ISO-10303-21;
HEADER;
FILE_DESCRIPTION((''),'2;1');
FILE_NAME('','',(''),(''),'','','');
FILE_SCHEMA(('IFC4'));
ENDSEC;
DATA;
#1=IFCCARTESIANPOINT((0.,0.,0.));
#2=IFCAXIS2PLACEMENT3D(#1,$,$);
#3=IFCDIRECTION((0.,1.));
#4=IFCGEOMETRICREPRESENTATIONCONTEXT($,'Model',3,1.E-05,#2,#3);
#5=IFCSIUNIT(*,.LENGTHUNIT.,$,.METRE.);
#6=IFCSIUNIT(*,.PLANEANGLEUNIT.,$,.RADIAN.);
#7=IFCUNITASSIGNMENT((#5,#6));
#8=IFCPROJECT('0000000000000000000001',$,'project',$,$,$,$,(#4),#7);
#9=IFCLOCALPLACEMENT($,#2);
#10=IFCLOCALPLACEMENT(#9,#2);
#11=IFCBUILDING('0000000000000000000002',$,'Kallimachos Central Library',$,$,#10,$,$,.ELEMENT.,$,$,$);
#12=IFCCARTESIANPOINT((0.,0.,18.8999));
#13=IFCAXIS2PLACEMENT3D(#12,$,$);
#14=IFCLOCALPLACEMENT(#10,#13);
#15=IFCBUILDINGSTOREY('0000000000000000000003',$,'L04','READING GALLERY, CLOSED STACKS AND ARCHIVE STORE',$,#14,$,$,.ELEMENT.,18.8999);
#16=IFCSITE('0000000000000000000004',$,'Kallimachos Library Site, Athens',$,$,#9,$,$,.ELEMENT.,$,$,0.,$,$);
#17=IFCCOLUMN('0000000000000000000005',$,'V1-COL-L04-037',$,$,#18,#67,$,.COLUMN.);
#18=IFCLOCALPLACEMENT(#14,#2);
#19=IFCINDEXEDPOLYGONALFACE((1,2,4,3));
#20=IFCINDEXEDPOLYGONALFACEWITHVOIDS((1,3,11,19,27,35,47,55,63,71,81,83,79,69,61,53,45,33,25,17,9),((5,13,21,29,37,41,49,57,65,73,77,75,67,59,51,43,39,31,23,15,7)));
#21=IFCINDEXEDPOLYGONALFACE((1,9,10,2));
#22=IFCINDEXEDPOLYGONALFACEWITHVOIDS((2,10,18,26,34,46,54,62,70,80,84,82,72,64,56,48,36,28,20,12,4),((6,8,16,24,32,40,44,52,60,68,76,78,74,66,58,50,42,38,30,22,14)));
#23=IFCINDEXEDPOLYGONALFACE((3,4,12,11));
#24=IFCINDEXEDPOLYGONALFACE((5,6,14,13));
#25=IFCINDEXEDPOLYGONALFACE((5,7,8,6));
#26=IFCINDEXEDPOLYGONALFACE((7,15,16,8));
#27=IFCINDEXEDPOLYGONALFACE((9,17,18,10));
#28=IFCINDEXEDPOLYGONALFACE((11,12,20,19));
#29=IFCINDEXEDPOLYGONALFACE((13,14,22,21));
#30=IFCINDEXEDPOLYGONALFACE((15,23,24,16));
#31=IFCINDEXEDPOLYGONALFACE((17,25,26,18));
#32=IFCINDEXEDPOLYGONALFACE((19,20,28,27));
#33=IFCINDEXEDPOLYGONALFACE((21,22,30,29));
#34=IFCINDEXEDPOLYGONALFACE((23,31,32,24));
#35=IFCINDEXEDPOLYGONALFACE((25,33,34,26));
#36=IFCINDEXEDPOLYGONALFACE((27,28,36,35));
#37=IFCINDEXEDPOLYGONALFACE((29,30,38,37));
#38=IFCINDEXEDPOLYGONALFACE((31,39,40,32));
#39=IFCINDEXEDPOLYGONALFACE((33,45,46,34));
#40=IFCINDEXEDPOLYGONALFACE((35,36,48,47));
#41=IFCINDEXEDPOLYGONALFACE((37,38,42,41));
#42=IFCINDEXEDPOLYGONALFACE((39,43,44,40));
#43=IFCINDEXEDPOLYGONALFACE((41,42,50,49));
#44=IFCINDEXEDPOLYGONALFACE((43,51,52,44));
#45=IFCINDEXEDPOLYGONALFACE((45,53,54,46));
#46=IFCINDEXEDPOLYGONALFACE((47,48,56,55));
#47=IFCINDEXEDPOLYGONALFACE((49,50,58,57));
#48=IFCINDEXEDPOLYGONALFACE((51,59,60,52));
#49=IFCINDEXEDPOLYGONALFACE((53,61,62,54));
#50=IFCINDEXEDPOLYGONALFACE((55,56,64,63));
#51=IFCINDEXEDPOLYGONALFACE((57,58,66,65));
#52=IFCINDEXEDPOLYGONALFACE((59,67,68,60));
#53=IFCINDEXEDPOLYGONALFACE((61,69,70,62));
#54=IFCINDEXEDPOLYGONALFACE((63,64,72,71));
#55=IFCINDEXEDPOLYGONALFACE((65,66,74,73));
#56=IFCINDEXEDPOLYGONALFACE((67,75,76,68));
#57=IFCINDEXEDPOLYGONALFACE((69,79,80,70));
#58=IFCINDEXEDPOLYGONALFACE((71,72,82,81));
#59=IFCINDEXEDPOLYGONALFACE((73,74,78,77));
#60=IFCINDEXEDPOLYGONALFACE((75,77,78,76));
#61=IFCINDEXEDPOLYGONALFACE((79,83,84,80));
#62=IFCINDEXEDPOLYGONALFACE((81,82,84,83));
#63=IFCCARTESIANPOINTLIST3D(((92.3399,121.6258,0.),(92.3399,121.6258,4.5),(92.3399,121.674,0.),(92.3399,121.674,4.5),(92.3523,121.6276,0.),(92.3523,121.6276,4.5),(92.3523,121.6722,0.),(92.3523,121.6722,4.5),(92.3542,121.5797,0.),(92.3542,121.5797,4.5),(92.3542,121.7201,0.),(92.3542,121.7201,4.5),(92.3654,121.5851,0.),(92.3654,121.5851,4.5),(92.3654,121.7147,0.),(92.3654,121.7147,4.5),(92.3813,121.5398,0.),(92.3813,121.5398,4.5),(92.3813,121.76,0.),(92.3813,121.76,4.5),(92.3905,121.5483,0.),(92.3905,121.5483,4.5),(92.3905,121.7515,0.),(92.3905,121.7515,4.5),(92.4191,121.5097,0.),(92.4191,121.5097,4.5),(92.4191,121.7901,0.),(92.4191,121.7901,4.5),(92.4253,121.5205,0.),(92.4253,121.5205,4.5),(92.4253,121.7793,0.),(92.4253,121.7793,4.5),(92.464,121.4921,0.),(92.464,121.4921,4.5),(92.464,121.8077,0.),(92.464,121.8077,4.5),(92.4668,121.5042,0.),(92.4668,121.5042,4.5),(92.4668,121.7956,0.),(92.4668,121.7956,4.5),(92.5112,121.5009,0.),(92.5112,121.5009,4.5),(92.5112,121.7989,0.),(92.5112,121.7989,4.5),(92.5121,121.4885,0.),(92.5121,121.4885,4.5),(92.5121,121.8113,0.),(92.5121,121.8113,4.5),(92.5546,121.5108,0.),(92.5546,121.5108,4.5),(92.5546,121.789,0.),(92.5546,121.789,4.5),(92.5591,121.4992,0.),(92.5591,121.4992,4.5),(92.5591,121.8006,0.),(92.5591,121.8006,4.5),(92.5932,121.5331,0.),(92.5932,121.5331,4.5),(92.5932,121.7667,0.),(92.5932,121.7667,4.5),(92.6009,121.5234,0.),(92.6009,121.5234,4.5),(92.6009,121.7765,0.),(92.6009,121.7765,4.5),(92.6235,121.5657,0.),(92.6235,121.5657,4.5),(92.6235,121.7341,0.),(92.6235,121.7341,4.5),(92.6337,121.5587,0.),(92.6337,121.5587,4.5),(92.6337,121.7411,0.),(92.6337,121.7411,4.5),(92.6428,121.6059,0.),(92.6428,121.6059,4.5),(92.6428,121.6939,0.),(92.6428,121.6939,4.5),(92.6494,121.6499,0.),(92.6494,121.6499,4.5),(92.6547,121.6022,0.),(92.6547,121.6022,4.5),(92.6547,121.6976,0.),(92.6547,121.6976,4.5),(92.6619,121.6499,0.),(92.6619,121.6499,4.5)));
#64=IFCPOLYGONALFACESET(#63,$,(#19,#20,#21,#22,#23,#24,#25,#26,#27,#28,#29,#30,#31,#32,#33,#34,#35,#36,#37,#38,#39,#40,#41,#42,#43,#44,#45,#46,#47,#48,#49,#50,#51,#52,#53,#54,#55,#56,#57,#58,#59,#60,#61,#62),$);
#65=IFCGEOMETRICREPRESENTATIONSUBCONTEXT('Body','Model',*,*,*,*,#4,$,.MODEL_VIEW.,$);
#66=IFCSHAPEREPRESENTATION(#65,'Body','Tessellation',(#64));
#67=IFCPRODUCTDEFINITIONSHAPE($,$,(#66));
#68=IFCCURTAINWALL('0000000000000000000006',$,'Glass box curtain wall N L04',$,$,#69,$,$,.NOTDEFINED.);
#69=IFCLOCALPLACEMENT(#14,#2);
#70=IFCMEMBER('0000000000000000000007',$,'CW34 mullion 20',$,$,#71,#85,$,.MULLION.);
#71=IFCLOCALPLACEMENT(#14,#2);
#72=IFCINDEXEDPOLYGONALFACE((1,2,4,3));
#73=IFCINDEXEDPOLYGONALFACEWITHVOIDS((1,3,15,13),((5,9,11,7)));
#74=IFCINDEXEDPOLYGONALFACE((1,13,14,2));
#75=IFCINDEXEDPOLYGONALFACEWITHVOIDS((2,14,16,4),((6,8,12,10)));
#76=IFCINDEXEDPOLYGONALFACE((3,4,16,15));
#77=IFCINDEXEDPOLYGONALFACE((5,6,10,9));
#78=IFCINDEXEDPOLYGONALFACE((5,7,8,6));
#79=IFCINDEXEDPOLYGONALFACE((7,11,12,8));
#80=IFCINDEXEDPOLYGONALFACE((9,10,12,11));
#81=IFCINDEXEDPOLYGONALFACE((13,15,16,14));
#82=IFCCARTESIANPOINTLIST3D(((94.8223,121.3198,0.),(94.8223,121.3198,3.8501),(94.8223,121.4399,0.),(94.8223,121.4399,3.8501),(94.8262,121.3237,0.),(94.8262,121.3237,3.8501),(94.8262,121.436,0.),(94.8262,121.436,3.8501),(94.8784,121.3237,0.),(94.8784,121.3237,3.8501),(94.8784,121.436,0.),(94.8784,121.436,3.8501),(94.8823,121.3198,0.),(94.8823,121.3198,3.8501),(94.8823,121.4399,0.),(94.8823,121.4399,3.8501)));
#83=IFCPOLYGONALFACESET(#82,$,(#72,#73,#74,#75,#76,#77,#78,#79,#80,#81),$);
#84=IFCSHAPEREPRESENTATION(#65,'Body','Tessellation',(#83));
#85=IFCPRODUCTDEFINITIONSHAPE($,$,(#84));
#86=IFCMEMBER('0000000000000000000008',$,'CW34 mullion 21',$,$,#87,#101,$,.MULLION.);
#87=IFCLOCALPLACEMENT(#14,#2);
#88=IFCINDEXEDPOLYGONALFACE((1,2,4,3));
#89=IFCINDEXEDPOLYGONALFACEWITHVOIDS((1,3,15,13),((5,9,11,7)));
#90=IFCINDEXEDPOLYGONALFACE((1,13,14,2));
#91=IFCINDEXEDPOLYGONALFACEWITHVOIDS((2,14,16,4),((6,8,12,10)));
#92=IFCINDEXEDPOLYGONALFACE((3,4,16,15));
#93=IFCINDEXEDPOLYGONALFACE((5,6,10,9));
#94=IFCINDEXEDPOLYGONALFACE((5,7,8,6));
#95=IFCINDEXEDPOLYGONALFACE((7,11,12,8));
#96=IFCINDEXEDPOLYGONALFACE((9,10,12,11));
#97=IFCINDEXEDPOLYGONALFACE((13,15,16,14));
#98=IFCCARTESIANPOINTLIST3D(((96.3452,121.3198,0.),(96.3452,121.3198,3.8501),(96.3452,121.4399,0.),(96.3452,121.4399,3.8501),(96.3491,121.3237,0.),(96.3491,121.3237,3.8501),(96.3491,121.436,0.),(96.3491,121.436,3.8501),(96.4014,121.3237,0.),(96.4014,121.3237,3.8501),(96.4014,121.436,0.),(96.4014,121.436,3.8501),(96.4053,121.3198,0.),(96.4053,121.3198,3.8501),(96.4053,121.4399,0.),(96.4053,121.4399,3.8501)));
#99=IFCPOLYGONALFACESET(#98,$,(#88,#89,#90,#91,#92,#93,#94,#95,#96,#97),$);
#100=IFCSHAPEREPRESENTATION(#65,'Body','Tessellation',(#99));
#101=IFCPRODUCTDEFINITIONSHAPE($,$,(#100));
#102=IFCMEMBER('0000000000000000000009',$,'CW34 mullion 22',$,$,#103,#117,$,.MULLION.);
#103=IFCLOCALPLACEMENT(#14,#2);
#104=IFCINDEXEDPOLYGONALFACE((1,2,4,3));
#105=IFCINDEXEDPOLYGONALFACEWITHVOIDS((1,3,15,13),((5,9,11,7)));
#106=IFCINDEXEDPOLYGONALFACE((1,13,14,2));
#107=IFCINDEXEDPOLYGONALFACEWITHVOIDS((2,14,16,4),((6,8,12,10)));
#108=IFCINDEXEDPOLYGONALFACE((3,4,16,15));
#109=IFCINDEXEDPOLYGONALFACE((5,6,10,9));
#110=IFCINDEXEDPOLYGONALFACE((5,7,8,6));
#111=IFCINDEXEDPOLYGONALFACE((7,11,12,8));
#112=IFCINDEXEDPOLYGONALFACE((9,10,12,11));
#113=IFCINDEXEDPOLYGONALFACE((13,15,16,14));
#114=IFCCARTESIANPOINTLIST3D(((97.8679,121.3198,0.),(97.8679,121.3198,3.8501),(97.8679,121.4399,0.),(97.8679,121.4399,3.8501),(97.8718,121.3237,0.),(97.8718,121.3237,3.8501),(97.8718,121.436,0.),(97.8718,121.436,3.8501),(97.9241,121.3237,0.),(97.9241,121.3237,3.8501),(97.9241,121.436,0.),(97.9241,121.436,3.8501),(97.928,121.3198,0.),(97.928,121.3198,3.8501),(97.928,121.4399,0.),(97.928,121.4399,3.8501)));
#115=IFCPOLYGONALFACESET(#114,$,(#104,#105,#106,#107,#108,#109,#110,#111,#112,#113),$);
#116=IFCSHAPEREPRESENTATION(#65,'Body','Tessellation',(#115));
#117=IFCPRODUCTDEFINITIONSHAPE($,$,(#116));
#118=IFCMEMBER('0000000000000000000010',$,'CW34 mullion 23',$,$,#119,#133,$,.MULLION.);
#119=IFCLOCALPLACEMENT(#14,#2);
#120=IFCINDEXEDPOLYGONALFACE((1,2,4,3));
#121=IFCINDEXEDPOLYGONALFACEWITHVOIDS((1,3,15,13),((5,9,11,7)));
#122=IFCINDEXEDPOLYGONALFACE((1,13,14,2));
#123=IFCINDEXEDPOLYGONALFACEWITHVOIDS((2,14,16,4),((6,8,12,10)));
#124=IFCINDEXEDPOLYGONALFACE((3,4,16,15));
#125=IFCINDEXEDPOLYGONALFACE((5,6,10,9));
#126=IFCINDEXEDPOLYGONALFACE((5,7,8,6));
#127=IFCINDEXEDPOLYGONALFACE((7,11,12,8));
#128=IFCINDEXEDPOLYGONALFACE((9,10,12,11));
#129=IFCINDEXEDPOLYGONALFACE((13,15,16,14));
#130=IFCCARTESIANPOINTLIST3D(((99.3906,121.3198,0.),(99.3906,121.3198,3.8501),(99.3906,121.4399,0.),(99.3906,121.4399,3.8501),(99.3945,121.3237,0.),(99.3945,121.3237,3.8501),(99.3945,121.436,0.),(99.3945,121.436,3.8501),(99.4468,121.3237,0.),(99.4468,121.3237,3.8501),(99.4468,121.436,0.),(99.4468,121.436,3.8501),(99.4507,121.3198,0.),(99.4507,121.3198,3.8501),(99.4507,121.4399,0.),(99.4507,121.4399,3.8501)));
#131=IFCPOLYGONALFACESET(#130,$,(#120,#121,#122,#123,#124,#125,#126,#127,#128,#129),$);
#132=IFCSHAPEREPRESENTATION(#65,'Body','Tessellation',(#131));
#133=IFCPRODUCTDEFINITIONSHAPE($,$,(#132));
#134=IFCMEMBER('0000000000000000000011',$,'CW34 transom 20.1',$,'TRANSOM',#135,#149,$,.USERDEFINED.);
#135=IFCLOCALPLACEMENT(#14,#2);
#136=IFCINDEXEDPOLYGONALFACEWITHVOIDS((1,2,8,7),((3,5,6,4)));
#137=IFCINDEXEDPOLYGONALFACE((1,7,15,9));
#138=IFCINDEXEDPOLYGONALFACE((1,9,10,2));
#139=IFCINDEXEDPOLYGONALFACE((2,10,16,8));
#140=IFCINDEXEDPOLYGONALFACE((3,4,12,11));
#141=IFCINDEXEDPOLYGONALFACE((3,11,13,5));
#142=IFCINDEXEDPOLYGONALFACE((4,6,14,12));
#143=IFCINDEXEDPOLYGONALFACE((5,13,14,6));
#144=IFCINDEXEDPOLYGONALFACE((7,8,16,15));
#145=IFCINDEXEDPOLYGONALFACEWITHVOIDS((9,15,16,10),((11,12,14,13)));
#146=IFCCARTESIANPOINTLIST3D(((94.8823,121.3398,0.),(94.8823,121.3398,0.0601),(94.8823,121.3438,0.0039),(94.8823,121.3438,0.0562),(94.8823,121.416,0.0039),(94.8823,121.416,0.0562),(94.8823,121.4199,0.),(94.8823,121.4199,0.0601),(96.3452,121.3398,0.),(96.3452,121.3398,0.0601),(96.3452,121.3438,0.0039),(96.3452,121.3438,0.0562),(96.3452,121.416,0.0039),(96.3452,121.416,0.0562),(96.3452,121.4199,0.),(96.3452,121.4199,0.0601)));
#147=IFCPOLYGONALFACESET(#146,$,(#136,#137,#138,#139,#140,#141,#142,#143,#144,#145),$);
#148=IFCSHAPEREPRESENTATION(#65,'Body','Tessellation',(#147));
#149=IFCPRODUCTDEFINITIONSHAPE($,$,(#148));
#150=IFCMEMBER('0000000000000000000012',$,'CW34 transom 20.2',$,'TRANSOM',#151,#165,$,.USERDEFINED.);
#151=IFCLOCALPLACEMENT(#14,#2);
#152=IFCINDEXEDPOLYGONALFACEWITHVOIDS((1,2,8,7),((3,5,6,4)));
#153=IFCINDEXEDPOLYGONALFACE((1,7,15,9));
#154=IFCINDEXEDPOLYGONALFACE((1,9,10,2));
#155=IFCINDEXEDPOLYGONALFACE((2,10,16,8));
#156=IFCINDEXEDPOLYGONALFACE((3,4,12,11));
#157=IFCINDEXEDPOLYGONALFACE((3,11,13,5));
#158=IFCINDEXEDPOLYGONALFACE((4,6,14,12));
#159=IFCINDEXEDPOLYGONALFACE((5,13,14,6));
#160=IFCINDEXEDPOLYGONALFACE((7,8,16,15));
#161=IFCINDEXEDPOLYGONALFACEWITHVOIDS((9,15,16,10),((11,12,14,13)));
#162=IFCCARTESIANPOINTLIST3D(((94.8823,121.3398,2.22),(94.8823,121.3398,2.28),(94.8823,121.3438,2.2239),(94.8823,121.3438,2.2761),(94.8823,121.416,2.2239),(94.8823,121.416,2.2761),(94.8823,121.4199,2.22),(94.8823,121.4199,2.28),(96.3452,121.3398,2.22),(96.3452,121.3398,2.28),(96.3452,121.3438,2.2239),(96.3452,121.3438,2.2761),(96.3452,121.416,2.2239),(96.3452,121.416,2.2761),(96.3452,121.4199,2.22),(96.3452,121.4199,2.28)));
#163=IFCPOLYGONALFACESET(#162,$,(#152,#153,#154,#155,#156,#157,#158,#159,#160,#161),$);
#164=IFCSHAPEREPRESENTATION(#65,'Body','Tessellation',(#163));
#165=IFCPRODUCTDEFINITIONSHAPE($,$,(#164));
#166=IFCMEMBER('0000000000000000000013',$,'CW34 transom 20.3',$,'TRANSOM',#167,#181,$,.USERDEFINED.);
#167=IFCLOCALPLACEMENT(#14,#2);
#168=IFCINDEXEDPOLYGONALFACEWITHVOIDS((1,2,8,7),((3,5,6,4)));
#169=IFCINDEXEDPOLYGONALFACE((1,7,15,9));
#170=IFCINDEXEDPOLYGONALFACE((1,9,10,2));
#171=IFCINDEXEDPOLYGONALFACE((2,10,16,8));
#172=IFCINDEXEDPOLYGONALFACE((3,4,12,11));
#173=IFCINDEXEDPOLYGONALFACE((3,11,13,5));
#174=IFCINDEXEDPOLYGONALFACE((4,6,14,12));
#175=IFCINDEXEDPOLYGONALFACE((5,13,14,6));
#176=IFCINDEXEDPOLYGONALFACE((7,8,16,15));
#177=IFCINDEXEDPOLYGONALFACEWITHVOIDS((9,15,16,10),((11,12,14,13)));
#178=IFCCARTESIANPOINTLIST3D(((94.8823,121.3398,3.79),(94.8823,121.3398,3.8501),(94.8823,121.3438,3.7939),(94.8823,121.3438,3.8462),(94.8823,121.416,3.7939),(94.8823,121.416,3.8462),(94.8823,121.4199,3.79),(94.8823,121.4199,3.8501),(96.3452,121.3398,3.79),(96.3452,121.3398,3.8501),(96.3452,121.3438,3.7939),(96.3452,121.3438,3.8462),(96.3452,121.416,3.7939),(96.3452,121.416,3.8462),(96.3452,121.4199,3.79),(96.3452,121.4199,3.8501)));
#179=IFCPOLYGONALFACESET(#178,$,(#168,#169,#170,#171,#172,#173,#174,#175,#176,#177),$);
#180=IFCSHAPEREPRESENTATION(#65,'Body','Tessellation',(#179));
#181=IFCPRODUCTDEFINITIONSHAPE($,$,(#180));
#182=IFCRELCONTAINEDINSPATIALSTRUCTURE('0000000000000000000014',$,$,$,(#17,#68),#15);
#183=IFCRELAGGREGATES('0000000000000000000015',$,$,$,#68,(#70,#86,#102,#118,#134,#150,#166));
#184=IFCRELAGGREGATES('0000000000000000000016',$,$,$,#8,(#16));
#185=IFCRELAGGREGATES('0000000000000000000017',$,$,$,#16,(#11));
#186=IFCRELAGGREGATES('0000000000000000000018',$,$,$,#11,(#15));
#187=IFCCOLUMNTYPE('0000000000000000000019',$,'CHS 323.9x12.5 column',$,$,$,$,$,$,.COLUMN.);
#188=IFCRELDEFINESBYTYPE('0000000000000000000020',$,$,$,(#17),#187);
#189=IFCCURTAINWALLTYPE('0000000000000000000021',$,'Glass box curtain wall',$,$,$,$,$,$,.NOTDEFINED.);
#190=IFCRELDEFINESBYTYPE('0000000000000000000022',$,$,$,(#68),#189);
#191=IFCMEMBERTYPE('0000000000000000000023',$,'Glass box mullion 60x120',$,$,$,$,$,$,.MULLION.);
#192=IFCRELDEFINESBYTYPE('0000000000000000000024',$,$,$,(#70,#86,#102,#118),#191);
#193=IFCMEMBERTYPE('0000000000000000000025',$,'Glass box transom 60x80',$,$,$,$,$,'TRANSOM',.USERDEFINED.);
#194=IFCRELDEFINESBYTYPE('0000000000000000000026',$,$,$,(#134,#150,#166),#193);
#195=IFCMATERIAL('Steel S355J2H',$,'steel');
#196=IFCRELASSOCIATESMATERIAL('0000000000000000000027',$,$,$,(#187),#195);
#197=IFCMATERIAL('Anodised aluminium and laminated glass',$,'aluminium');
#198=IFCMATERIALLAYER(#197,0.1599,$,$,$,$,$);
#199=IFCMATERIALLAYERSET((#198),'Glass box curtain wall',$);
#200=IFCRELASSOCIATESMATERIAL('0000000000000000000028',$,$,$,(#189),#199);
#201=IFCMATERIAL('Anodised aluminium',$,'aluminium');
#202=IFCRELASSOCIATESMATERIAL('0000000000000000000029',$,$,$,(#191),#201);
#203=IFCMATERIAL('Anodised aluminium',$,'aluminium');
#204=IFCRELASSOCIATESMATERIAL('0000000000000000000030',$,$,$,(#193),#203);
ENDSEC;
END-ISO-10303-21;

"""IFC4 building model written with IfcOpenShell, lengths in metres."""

from ifc_helpers import new_model, si_unit, direction, frame, origin, origin_2d, place, context, subcontext, project, spatial, hollow_rectangle, hollow_circle, extrude, material, layer, layer_set, material_profile, profile_set, type_object, element, aggregate, save


model = new_model("IFC4")

# Units and contexts
model_context = context("Model", 3, precision=1e-05, world=origin(), true_north=direction((0.0, 1.0)))
body_context = subcontext(model_context, "Body", "Model", "MODEL_VIEW")
ifc_project = project(units=[si_unit("LENGTHUNIT", "METRE"), si_unit("PLANEANGLEUNIT", "RADIAN")], contexts=[model_context])

# Site, building, storey
site_placement = place(None, origin())
site = spatial("IfcSite", under=ifc_project, at=site_placement, Name="Kallimachos Library Site, Athens", CompositionType="ELEMENT", RefElevation=0.0)
building_placement = place(site_placement, origin())
building = spatial("IfcBuilding", under=site, at=building_placement, Name="Kallimachos Central Library", CompositionType="ELEMENT")
storey_placement = place(building_placement, frame((0.0, 0.0, 18.8999)))
storey = spatial("IfcBuildingStorey", under=building, at=storey_placement, Name="L04", Description="READING GALLERY, CLOSED STACKS AND ARCHIVE STORE", CompositionType="ELEMENT", Elevation=18.8999)

# Column
ifc_material_1 = material(Name="Steel S355J2H", Category="steel")
ifc_material_profile_1 = material_profile(ifc_material_1, hollow_circle(Radius=0.1619, WallThickness=0.0125, at=origin_2d()), Name="CHS 323.9x12.5")
ifc_profile_set_1 = profile_set([ifc_material_profile_1], Name="Steel S355J2H")
column_type = type_object("IfcColumnType", Name="CHS 323.9x12.5 column", PredefinedType="COLUMN", material=ifc_profile_set_1)
column_placement = place(storey_placement, frame((92.5, 121.6499, 0.0), z_axis=(0.0, 0.0, 1.0), x_axis=(1.0, 0.0, 0.0)))
element("IfcColumn", 1, at=column_placement, inside=storey, type_object=column_type, Name="V1-COL-L04-037", PredefinedType="COLUMN", context=body_context, shape_type="SweptSolid", body=[
    extrude(hollow_circle(Radius=0.1619, WallThickness=0.0125, at=origin_2d()), origin(), (0.0, 0.0, 1.0), 4.5),
])

# Curtain wall, members
ifc_material_2 = material(Name="Anodised aluminium and laminated glass", Category="aluminium")
ifc_layer_1 = layer(ifc_material_2, 0.1599)
ifc_layer_set_1 = layer_set([ifc_layer_1], Name="Glass box curtain wall")
curtain_wall_type = type_object("IfcCurtainWallType", Name="Glass box curtain wall", PredefinedType="NOTDEFINED", material=ifc_layer_set_1)
curtain_wall_placement = place(storey_placement, origin())
curtain_wall = element("IfcCurtainWall", 2, at=curtain_wall_placement, inside=storey, type_object=curtain_wall_type, Name="Glass box curtain wall N L04", PredefinedType="NOTDEFINED")
ifc_material_3 = material(Name="Anodised aluminium", Category="aluminium")
ifc_material_profile_2 = material_profile(ifc_material_3, hollow_rectangle(XDim=0.0601, YDim=0.1201, WallThickness=0.0039, at=origin_2d()), Name="ALU MULLION 60x120")
ifc_profile_set_2 = profile_set([ifc_material_profile_2], Name="Anodised aluminium")
member_type_1 = type_object("IfcMemberType", Name="Glass box mullion 60x120", PredefinedType="MULLION", material=ifc_profile_set_2)
member_1_placement = place(storey_placement, frame((94.8523, 121.3799, 0.0), z_axis=(0.0, 0.0, 1.0), x_axis=(1.0, 0.0, 0.0)))
member_1 = element("IfcMember", 3, at=member_1_placement, type_object=member_type_1, Name="CW34 mullion 20", PredefinedType="MULLION", context=body_context, shape_type="SweptSolid", body=[
    extrude(hollow_rectangle(XDim=0.0601, YDim=0.1201, WallThickness=0.0039, at=origin_2d()), origin(), (0.0, 0.0, 1.0), 3.8501),
])
member_2_placement = place(storey_placement, frame((96.3752, 121.3799, 0.0), z_axis=(0.0, 0.0, 1.0), x_axis=(1.0, 0.0, 0.0)))
member_2 = element("IfcMember", 4, at=member_2_placement, type_object=member_type_1, Name="CW34 mullion 21", PredefinedType="MULLION", context=body_context, shape_type="SweptSolid", body=[
    extrude(hollow_rectangle(XDim=0.0601, YDim=0.1201, WallThickness=0.0039, at=origin_2d()), origin(), (0.0, 0.0, 1.0), 3.8501),
])
member_3_placement = place(storey_placement, frame((97.8979, 121.3799, 0.0), z_axis=(0.0, 0.0, 1.0), x_axis=(1.0, 0.0, 0.0)))
member_3 = element("IfcMember", 5, at=member_3_placement, type_object=member_type_1, Name="CW34 mullion 22", PredefinedType="MULLION", context=body_context, shape_type="SweptSolid", body=[
    extrude(hollow_rectangle(XDim=0.0601, YDim=0.1201, WallThickness=0.0039, at=origin_2d()), origin(), (0.0, 0.0, 1.0), 3.8501),
])
member_4_placement = place(storey_placement, frame((99.4207, 121.3799, 0.0), z_axis=(0.0, 0.0, 1.0), x_axis=(1.0, 0.0, 0.0)))
member_4 = element("IfcMember", 6, at=member_4_placement, type_object=member_type_1, Name="CW34 mullion 23", PredefinedType="MULLION", context=body_context, shape_type="SweptSolid", body=[
    extrude(hollow_rectangle(XDim=0.0601, YDim=0.1201, WallThickness=0.0039, at=origin_2d()), origin(), (0.0, 0.0, 1.0), 3.8501),
])
ifc_material_4 = material(Name="Anodised aluminium", Category="aluminium")
ifc_material_profile_3 = material_profile(ifc_material_4, hollow_rectangle(XDim=0.0601, YDim=0.0801, WallThickness=0.0039, at=origin_2d()), Name="ALU TRANSOM 60x80")
ifc_profile_set_3 = profile_set([ifc_material_profile_3], Name="Anodised aluminium")
member_type_2 = type_object("IfcMemberType", Name="Glass box transom 60x80", ElementType="TRANSOM", PredefinedType="USERDEFINED", material=ifc_profile_set_3)
member_5_placement = place(storey_placement, frame((94.8823, 121.3799, 0.03), z_axis=(1.0, 0.0, 0.0), x_axis=(0.0, 0.0, 1.0)))
member_5 = element("IfcMember", 7, at=member_5_placement, type_object=member_type_2, Name="CW34 transom 20.1", ObjectType="TRANSOM", PredefinedType="USERDEFINED", context=body_context, shape_type="SweptSolid", body=[
    extrude(hollow_rectangle(XDim=0.0601, YDim=0.0801, WallThickness=0.0039, at=origin_2d()), origin(), (0.0, 0.0, 1.0), 1.4629),
])
member_6_placement = place(storey_placement, frame((94.8823, 121.3799, 2.25), z_axis=(1.0, 0.0, 0.0), x_axis=(0.0, 0.0, 1.0)))
member_6 = element("IfcMember", 8, at=member_6_placement, type_object=member_type_2, Name="CW34 transom 20.2", ObjectType="TRANSOM", PredefinedType="USERDEFINED", context=body_context, shape_type="SweptSolid", body=[
    extrude(hollow_rectangle(XDim=0.0601, YDim=0.0801, WallThickness=0.0039, at=origin_2d()), origin(), (0.0, 0.0, 1.0), 1.4629),
])
member_7_placement = place(storey_placement, frame((94.8823, 121.3799, 3.8201), z_axis=(1.0, 0.0, 0.0), x_axis=(0.0, 0.0, 1.0)))
member_7 = element("IfcMember", 9, at=member_7_placement, type_object=member_type_2, Name="CW34 transom 20.3", ObjectType="TRANSOM", PredefinedType="USERDEFINED", context=body_context, shape_type="SweptSolid", body=[
    extrude(hollow_rectangle(XDim=0.0601, YDim=0.0801, WallThickness=0.0039, at=origin_2d()), origin(), (0.0, 0.0, 1.0), 1.4629),
])

aggregate(curtain_wall, [member_1, member_2, member_3, member_4, member_5, member_6, member_7])

save(model, "model.ifc")
